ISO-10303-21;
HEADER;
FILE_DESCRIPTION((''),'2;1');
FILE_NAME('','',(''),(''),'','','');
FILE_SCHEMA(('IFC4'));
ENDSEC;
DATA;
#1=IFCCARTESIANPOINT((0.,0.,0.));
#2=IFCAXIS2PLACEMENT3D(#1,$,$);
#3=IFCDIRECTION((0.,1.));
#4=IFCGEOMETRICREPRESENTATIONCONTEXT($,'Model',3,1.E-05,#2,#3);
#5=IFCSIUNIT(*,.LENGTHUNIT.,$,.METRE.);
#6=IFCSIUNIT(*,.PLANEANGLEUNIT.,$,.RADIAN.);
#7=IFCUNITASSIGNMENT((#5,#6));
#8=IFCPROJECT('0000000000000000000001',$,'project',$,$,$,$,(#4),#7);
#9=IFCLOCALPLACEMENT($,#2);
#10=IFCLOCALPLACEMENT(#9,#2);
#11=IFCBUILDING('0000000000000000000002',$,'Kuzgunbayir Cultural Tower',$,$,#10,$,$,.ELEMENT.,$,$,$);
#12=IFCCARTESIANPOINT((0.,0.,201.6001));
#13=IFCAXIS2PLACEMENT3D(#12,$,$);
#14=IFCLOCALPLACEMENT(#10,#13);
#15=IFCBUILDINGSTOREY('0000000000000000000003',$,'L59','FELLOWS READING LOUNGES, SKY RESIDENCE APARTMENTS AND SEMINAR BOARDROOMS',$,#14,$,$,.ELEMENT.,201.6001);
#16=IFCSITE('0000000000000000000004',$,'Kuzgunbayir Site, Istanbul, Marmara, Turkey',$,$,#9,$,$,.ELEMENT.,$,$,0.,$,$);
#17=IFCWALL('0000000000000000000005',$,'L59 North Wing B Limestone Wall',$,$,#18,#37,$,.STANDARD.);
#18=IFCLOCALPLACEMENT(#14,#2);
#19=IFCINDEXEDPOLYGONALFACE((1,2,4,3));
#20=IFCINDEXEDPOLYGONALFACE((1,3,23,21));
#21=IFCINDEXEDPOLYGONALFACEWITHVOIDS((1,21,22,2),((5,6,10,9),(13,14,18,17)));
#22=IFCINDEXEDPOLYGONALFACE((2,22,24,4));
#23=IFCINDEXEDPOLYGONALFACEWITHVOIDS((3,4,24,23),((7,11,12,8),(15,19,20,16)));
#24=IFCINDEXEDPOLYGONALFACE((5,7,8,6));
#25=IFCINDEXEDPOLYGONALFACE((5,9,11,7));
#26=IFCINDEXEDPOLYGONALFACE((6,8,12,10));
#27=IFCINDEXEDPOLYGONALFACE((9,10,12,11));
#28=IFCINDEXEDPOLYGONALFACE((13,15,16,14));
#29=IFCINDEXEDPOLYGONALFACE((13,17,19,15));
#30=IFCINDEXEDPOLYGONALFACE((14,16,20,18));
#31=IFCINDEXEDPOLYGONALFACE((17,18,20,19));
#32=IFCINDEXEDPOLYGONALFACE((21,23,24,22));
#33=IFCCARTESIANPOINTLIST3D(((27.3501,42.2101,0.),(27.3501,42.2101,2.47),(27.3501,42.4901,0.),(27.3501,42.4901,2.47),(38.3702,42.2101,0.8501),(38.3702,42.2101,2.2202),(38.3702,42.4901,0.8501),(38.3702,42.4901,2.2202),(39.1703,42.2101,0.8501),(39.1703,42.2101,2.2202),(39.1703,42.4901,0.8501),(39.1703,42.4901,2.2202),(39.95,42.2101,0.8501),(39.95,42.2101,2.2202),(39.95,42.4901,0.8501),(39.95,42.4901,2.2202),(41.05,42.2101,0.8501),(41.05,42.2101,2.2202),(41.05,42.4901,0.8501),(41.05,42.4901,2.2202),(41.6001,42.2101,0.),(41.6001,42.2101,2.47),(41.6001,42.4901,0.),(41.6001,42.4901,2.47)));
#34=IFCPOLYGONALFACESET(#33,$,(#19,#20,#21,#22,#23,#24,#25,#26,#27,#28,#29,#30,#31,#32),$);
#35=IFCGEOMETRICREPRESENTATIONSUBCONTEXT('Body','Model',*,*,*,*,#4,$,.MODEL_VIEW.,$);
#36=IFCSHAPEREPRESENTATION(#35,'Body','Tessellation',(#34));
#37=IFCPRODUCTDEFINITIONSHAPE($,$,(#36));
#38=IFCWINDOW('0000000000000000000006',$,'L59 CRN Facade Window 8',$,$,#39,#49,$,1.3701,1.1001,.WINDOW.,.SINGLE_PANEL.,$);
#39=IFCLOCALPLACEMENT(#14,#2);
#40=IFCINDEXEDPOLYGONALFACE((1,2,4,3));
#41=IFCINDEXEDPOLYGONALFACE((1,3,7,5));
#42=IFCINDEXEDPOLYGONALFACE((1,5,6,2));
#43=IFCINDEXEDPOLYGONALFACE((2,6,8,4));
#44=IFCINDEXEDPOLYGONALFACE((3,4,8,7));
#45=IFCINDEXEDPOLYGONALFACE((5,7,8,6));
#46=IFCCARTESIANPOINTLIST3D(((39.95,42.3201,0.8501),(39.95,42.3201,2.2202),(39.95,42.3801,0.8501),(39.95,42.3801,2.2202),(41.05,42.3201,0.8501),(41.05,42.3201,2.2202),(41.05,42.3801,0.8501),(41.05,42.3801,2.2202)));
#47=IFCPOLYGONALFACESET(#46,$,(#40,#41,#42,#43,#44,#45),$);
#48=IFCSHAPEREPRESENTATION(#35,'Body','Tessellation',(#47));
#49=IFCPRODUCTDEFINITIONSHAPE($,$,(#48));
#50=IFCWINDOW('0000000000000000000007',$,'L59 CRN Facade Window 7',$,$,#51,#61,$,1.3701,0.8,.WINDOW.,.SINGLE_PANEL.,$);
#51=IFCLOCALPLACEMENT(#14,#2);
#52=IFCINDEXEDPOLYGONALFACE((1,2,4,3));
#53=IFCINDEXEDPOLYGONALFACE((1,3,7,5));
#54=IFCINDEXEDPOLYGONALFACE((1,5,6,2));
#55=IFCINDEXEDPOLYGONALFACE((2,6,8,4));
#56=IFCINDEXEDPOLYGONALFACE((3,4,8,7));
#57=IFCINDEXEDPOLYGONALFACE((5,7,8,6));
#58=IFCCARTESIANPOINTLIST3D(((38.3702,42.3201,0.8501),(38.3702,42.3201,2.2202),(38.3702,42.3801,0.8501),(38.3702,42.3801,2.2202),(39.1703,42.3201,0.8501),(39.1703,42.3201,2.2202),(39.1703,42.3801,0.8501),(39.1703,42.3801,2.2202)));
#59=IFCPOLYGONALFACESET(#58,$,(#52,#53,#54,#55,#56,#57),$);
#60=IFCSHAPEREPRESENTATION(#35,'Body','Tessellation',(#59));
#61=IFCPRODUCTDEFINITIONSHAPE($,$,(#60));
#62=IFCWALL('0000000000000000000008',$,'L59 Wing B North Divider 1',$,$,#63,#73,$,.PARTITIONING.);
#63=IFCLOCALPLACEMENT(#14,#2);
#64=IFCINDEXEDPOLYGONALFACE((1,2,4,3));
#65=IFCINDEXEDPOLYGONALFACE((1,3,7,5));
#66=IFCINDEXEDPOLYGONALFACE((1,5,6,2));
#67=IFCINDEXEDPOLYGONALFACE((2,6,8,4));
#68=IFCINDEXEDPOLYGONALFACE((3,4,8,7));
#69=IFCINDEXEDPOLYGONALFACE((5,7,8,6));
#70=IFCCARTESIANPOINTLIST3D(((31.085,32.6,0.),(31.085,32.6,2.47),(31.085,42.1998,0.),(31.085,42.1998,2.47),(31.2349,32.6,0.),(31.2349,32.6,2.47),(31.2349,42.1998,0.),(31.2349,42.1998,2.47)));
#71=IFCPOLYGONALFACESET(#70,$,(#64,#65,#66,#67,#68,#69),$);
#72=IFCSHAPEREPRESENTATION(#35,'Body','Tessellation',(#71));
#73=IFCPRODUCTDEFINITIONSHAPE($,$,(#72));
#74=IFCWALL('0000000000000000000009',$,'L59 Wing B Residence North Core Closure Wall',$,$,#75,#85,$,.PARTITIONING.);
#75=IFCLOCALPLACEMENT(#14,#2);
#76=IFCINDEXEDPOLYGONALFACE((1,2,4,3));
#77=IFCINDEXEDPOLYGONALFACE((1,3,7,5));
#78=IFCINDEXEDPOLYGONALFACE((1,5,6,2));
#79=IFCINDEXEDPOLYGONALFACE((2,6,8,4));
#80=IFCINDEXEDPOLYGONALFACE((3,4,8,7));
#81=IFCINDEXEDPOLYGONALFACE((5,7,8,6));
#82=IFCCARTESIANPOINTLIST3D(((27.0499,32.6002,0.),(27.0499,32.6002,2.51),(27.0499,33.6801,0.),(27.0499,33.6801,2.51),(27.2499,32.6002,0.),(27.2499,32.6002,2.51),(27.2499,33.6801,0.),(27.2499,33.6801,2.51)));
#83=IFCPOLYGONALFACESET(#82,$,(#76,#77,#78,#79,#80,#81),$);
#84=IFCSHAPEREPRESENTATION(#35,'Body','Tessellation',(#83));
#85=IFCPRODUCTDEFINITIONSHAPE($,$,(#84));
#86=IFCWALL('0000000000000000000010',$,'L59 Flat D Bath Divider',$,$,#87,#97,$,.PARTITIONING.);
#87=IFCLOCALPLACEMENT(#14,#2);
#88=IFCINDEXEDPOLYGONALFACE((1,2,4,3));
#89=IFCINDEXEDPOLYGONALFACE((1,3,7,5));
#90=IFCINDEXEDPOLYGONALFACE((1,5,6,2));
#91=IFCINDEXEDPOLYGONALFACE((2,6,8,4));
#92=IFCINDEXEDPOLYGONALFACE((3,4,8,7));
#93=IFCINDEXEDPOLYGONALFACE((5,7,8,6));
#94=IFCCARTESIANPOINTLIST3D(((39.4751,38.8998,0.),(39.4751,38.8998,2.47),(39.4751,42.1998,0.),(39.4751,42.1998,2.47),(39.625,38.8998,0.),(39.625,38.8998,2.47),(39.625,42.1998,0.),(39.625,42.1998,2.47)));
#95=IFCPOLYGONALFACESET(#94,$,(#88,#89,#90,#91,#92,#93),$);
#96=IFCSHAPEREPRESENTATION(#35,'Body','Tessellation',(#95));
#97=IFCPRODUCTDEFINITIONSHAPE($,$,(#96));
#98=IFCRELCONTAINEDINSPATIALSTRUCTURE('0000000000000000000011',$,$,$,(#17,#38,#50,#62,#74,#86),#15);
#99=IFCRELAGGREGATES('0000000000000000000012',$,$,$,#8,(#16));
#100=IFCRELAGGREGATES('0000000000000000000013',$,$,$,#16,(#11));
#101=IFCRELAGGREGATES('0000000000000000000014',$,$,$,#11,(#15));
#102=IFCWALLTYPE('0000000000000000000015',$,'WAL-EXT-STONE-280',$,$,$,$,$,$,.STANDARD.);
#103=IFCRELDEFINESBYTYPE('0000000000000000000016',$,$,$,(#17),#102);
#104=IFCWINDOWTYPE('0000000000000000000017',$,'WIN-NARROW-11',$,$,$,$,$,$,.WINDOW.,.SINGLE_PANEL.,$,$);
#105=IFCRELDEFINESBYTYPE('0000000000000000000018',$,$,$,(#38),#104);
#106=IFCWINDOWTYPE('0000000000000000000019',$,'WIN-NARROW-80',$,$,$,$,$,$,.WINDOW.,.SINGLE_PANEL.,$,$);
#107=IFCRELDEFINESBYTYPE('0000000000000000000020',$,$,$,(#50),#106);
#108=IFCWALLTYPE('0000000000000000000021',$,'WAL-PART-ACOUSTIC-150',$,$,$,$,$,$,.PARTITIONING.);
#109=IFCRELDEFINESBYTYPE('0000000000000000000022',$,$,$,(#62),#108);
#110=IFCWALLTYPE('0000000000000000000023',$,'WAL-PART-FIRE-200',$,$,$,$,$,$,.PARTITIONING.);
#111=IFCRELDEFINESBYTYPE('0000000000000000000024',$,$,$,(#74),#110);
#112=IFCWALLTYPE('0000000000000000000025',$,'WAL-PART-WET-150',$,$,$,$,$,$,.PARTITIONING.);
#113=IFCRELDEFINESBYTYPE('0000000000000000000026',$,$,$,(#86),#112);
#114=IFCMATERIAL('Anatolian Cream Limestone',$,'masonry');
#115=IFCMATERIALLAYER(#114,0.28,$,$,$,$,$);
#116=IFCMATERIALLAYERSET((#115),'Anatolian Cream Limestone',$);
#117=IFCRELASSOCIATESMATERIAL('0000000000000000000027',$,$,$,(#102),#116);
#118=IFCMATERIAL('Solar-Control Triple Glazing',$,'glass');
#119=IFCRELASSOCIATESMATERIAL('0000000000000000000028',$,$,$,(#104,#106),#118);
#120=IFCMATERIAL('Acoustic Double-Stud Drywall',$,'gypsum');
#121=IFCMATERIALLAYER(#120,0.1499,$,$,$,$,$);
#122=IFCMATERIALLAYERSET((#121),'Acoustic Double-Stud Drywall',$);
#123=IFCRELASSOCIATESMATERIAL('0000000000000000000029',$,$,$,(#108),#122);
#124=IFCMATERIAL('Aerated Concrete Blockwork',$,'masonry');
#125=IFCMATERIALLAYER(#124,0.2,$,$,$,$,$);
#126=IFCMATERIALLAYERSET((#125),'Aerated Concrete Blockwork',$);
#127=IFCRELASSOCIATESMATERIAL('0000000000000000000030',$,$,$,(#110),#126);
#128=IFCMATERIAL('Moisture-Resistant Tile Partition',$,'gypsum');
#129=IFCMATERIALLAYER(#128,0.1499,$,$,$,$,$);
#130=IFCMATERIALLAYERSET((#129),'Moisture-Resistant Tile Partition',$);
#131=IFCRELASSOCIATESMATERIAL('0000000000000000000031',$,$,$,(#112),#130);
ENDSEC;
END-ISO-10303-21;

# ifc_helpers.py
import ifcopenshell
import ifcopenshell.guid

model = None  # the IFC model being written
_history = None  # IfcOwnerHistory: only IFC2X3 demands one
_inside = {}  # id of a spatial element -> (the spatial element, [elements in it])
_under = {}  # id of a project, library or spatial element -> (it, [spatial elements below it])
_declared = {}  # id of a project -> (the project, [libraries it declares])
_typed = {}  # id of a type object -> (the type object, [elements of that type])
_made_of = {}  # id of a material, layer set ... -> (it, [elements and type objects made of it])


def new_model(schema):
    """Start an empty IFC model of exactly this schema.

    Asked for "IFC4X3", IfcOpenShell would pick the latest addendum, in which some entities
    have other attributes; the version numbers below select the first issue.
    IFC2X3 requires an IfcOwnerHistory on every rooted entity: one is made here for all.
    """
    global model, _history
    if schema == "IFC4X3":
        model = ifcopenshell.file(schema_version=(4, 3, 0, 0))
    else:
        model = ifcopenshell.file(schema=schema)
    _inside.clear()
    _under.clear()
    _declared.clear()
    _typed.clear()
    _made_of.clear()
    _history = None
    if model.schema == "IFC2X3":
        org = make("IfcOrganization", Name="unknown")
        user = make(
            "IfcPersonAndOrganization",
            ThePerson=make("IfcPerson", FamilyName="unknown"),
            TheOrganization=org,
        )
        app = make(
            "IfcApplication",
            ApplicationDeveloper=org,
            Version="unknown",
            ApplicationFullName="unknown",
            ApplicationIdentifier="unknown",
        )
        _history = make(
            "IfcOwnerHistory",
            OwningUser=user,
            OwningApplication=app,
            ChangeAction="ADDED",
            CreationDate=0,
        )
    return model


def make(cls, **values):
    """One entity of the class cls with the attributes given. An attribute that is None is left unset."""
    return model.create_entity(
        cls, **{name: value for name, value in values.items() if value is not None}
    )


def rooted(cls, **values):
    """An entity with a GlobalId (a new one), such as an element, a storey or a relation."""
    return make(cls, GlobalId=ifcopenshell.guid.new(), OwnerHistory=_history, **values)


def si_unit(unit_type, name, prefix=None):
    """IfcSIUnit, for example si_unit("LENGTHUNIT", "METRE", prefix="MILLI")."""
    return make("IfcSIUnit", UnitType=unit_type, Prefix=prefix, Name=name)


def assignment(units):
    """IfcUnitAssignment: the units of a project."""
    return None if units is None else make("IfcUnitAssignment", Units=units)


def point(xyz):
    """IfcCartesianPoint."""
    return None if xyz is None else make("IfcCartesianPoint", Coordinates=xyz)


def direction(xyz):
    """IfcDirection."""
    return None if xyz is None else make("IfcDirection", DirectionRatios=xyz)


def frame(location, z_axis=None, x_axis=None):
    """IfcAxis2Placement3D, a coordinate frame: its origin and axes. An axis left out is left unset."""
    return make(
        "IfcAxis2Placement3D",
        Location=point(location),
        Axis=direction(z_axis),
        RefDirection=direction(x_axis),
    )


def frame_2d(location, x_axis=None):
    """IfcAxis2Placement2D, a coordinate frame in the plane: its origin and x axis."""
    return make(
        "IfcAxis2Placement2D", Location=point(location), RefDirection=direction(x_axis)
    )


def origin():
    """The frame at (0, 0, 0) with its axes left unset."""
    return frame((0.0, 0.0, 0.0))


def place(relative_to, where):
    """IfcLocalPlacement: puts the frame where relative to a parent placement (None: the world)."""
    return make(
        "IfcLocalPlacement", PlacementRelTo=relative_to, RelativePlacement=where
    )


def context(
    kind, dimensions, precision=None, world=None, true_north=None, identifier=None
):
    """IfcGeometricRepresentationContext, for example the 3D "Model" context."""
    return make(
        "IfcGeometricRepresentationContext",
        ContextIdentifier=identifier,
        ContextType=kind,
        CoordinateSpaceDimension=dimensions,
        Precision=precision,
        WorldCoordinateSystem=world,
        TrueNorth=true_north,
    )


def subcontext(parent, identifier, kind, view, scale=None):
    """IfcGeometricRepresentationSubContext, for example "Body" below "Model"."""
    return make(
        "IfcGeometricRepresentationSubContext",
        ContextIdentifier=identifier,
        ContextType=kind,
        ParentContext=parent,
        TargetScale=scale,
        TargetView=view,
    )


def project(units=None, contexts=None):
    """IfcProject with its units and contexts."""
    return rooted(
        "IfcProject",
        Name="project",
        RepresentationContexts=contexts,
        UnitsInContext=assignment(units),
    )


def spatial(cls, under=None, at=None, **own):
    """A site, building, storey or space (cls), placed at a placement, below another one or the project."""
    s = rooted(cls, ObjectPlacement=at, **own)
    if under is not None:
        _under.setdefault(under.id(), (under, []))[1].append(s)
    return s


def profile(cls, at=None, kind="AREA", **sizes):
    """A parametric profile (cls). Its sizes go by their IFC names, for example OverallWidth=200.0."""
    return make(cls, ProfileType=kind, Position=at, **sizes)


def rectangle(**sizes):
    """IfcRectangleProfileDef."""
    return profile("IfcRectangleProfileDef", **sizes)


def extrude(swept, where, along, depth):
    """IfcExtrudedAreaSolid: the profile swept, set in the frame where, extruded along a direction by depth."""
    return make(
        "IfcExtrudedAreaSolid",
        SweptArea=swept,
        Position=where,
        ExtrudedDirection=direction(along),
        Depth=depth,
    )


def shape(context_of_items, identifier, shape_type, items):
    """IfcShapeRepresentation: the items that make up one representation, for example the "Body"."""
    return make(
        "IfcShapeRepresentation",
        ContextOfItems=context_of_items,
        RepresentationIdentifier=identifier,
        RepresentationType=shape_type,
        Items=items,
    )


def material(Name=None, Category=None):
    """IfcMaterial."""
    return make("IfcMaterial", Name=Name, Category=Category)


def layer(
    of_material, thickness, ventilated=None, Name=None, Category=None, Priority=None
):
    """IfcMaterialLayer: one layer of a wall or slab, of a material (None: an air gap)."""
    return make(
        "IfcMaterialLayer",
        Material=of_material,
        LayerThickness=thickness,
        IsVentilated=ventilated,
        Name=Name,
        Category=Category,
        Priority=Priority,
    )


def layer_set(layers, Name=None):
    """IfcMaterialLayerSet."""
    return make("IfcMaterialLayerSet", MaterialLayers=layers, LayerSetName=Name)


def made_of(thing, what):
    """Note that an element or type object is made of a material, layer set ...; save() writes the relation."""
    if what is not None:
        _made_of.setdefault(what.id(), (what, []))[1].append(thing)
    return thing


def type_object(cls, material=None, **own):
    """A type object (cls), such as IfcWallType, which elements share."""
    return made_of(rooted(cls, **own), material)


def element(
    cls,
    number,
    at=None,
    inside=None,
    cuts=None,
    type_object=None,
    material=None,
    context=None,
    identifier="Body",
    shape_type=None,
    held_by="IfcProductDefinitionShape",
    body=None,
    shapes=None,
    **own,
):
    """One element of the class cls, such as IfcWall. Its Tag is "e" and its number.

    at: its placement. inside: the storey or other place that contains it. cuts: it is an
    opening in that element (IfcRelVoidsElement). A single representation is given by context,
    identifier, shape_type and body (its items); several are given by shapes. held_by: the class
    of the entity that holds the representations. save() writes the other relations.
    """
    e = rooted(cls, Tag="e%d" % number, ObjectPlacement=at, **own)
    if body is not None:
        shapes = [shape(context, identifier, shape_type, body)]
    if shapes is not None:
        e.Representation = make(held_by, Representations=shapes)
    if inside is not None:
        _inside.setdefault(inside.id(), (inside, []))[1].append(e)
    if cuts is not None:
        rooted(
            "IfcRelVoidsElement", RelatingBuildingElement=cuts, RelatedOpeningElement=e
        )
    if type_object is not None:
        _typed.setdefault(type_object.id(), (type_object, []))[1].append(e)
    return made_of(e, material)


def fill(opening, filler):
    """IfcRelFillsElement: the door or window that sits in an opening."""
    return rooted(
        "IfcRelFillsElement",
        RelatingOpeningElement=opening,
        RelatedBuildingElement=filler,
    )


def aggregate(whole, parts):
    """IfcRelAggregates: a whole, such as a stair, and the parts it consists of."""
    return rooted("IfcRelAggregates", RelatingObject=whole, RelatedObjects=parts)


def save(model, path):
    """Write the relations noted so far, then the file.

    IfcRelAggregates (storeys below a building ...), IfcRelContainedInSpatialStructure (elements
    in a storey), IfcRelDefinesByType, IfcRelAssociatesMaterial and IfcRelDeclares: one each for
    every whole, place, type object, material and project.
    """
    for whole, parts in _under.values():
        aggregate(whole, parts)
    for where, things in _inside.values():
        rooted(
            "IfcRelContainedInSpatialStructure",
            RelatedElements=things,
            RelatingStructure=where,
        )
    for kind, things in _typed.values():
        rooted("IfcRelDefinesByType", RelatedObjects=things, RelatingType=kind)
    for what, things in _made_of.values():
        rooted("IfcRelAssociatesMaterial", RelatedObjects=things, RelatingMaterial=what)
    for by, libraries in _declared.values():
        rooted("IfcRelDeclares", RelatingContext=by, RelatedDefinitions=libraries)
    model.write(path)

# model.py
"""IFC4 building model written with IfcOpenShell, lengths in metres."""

from ifc_helpers import new_model, si_unit, direction, frame, frame_2d, origin, place, context, subcontext, project, spatial, rectangle, extrude, material, layer, layer_set, type_object, element, fill, save


model = new_model("IFC4")

# Units and contexts
model_context = context("Model", 3, precision=1e-05, world=origin(), true_north=direction((0.0, 1.0)))
body_context = subcontext(model_context, "Body", "Model", "MODEL_VIEW")
ifc_project = project(units=[si_unit("LENGTHUNIT", "METRE"), si_unit("PLANEANGLEUNIT", "RADIAN")], contexts=[model_context])

# Site, building, storey
site_placement = place(None, origin())
site = spatial("IfcSite", under=ifc_project, at=site_placement, Name="Kuzgunbayir Site, Istanbul, Marmara, Turkey", CompositionType="ELEMENT", RefElevation=0.0)
building_placement = place(site_placement, origin())
building = spatial("IfcBuilding", under=site, at=building_placement, Name="Kuzgunbayir Cultural Tower", CompositionType="ELEMENT")
storey_placement = place(building_placement, frame((0.0, 0.0, 201.6001)))
storey = spatial("IfcBuildingStorey", under=building, at=storey_placement, Name="L59", Description="FELLOWS READING LOUNGES, SKY RESIDENCE APARTMENTS AND SEMINAR BOARDROOMS", CompositionType="ELEMENT", Elevation=201.6001)

# Wall, openings, windows
ifc_material_1 = material(Name="Anatolian Cream Limestone", Category="masonry")
ifc_layer_1 = layer(ifc_material_1, 0.28)
ifc_layer_set_1 = layer_set([ifc_layer_1], Name="Anatolian Cream Limestone")
wall_type_1 = type_object("IfcWallType", Name="WAL-EXT-STONE-280", PredefinedType="STANDARD", material=ifc_layer_set_1)
wall_1_placement = place(storey_placement, frame((41.6001, 42.3501, 0.0), z_axis=(0.0, 0.0, 1.0), x_axis=(-1.0, 0.0, 0.0)))
wall_1 = element("IfcWall", 1, at=wall_1_placement, inside=storey, type_object=wall_type_1, Name="L59 North Wing B Limestone Wall", PredefinedType="STANDARD", context=body_context, shape_type="SweptSolid", body=[
    extrude(rectangle(XDim=14.25, YDim=0.28, at=frame_2d((7.125, 0.0))), origin(), (0.0, 0.0, 1.0), 2.47),
])
opening_1_placement = place(wall_1_placement, frame((2.4299, 0.0, 0.8501)))
opening_1 = element("IfcOpeningElement", 2, at=opening_1_placement, cuts=wall_1, PredefinedType="OPENING", context=body_context, shape_type="SweptSolid", body=[
    extrude(rectangle(XDim=0.8, YDim=1.3701, at=frame_2d((0.3999, 0.6851))), frame((0.0, 0.1499, 0.0), z_axis=(0.0, -1.0, 0.0), x_axis=(1.0, 0.0, 0.0)), (0.0, 0.0, 1.0), 0.3),
])
opening_2_placement = place(wall_1_placement, frame((0.55, 0.0, 0.8501)))
opening_2 = element("IfcOpeningElement", 3, at=opening_2_placement, cuts=wall_1, PredefinedType="OPENING", context=body_context, shape_type="SweptSolid", body=[
    extrude(rectangle(XDim=1.1001, YDim=1.3701, at=frame_2d((0.55, 0.6851))), frame((0.0, 0.1499, 0.0), z_axis=(0.0, -1.0, 0.0), x_axis=(1.0, 0.0, 0.0)), (0.0, 0.0, 1.0), 0.3),
])
ifc_material_2 = material(Name="Solar-Control Triple Glazing", Category="glass")
window_type_1 = type_object("IfcWindowType", Name="WIN-NARROW-11", PartitioningType="SINGLE_PANEL", PredefinedType="WINDOW", material=ifc_material_2)
window_1_placement = place(opening_2_placement, origin())
window_1 = element("IfcWindow", 4, at=window_1_placement, inside=storey, type_object=window_type_1, Name="L59 CRN Facade Window 8", OverallHeight=1.3701, OverallWidth=1.1001, PartitioningType="SINGLE_PANEL", PredefinedType="WINDOW", context=body_context, shape_type="SweptSolid", body=[
    extrude(rectangle(XDim=1.1001, YDim=1.3701, at=frame_2d((0.55, 0.6851))), frame((0.0, 0.03, 0.0), z_axis=(0.0, -1.0, 0.0), x_axis=(1.0, 0.0, 0.0)), (0.0, 0.0, 1.0), 0.0601),
])
fill(opening_2, window_1)
window_type_2 = type_object("IfcWindowType", Name="WIN-NARROW-80", PartitioningType="SINGLE_PANEL", PredefinedType="WINDOW", material=ifc_material_2)
window_2_placement = place(opening_1_placement, origin())
window_2 = element("IfcWindow", 5, at=window_2_placement, inside=storey, type_object=window_type_2, Name="L59 CRN Facade Window 7", OverallHeight=1.3701, OverallWidth=0.8, PartitioningType="SINGLE_PANEL", PredefinedType="WINDOW", context=body_context, shape_type="SweptSolid", body=[
    extrude(rectangle(XDim=0.8, YDim=1.3701, at=frame_2d((0.3999, 0.6851))), frame((0.0, 0.03, 0.0), z_axis=(0.0, -1.0, 0.0), x_axis=(1.0, 0.0, 0.0)), (0.0, 0.0, 1.0), 0.0601),
])
fill(opening_1, window_2)

# Wall
ifc_material_3 = material(Name="Acoustic Double-Stud Drywall", Category="gypsum")
ifc_layer_2 = layer(ifc_material_3, 0.1499)
ifc_layer_set_2 = layer_set([ifc_layer_2], Name="Acoustic Double-Stud Drywall")
wall_type_2 = type_object("IfcWallType", Name="WAL-PART-ACOUSTIC-150", PredefinedType="PARTITIONING", material=ifc_layer_set_2)
wall_2_placement = place(storey_placement, frame((31.1599, 32.6001, 0.0), z_axis=(0.0, 0.0, 1.0), x_axis=(0.0, 1.0, 0.0)))
element("IfcWall", 6, at=wall_2_placement, inside=storey, type_object=wall_type_2, Name="L59 Wing B North Divider 1", PredefinedType="PARTITIONING", context=body_context, shape_type="SweptSolid", body=[
    extrude(rectangle(XDim=9.5999, YDim=0.1499, at=frame_2d((4.7998, 0.0))), origin(), (0.0, 0.0, 1.0), 2.47),
])

# Shared definitions
ifc_material_4 = material(Name="Aerated Concrete Blockwork", Category="masonry")
ifc_layer_3 = layer(ifc_material_4, 0.2)
ifc_layer_set_3 = layer_set([ifc_layer_3], Name="Aerated Concrete Blockwork")
wall_type_3 = type_object("IfcWallType", Name="WAL-PART-FIRE-200", PredefinedType="PARTITIONING", material=ifc_layer_set_3)

# Wall
wall_3_placement = place(storey_placement, frame((27.1499, 32.6001, 0.0), z_axis=(0.0, 0.0, 1.0), x_axis=(0.0, 1.0, 0.0)))
element("IfcWall", 7, at=wall_3_placement, inside=storey, type_object=wall_type_3, Name="L59 Wing B Residence North Core Closure Wall", PredefinedType="PARTITIONING", context=body_context, shape_type="SweptSolid", body=[
    extrude(rectangle(XDim=1.0798, YDim=0.2, at=frame_2d((0.54, 0.0))), origin(), (0.0, 0.0, 1.0), 2.51),
])

# Shared definitions
ifc_material_5 = material(Name="Moisture-Resistant Tile Partition", Category="gypsum")
ifc_layer_4 = layer(ifc_material_5, 0.1499)
ifc_layer_set_4 = layer_set([ifc_layer_4], Name="Moisture-Resistant Tile Partition")
wall_type_4 = type_object("IfcWallType", Name="WAL-PART-WET-150", PredefinedType="PARTITIONING", material=ifc_layer_set_4)

# Wall
wall_4_placement = place(storey_placement, frame((39.55, 38.8999, 0.0), z_axis=(0.0, 0.0, 1.0), x_axis=(0.0, 1.0, 0.0)))
element("IfcWall", 8, at=wall_4_placement, inside=storey, type_object=wall_type_4, Name="L59 Flat D Bath Divider", PredefinedType="PARTITIONING", context=body_context, shape_type="SweptSolid", body=[
    extrude(rectangle(XDim=3.3, YDim=0.1499, at=frame_2d((1.6499, 0.0))), origin(), (0.0, 0.0, 1.0), 2.47),
])

save(model, "model.ifc")
